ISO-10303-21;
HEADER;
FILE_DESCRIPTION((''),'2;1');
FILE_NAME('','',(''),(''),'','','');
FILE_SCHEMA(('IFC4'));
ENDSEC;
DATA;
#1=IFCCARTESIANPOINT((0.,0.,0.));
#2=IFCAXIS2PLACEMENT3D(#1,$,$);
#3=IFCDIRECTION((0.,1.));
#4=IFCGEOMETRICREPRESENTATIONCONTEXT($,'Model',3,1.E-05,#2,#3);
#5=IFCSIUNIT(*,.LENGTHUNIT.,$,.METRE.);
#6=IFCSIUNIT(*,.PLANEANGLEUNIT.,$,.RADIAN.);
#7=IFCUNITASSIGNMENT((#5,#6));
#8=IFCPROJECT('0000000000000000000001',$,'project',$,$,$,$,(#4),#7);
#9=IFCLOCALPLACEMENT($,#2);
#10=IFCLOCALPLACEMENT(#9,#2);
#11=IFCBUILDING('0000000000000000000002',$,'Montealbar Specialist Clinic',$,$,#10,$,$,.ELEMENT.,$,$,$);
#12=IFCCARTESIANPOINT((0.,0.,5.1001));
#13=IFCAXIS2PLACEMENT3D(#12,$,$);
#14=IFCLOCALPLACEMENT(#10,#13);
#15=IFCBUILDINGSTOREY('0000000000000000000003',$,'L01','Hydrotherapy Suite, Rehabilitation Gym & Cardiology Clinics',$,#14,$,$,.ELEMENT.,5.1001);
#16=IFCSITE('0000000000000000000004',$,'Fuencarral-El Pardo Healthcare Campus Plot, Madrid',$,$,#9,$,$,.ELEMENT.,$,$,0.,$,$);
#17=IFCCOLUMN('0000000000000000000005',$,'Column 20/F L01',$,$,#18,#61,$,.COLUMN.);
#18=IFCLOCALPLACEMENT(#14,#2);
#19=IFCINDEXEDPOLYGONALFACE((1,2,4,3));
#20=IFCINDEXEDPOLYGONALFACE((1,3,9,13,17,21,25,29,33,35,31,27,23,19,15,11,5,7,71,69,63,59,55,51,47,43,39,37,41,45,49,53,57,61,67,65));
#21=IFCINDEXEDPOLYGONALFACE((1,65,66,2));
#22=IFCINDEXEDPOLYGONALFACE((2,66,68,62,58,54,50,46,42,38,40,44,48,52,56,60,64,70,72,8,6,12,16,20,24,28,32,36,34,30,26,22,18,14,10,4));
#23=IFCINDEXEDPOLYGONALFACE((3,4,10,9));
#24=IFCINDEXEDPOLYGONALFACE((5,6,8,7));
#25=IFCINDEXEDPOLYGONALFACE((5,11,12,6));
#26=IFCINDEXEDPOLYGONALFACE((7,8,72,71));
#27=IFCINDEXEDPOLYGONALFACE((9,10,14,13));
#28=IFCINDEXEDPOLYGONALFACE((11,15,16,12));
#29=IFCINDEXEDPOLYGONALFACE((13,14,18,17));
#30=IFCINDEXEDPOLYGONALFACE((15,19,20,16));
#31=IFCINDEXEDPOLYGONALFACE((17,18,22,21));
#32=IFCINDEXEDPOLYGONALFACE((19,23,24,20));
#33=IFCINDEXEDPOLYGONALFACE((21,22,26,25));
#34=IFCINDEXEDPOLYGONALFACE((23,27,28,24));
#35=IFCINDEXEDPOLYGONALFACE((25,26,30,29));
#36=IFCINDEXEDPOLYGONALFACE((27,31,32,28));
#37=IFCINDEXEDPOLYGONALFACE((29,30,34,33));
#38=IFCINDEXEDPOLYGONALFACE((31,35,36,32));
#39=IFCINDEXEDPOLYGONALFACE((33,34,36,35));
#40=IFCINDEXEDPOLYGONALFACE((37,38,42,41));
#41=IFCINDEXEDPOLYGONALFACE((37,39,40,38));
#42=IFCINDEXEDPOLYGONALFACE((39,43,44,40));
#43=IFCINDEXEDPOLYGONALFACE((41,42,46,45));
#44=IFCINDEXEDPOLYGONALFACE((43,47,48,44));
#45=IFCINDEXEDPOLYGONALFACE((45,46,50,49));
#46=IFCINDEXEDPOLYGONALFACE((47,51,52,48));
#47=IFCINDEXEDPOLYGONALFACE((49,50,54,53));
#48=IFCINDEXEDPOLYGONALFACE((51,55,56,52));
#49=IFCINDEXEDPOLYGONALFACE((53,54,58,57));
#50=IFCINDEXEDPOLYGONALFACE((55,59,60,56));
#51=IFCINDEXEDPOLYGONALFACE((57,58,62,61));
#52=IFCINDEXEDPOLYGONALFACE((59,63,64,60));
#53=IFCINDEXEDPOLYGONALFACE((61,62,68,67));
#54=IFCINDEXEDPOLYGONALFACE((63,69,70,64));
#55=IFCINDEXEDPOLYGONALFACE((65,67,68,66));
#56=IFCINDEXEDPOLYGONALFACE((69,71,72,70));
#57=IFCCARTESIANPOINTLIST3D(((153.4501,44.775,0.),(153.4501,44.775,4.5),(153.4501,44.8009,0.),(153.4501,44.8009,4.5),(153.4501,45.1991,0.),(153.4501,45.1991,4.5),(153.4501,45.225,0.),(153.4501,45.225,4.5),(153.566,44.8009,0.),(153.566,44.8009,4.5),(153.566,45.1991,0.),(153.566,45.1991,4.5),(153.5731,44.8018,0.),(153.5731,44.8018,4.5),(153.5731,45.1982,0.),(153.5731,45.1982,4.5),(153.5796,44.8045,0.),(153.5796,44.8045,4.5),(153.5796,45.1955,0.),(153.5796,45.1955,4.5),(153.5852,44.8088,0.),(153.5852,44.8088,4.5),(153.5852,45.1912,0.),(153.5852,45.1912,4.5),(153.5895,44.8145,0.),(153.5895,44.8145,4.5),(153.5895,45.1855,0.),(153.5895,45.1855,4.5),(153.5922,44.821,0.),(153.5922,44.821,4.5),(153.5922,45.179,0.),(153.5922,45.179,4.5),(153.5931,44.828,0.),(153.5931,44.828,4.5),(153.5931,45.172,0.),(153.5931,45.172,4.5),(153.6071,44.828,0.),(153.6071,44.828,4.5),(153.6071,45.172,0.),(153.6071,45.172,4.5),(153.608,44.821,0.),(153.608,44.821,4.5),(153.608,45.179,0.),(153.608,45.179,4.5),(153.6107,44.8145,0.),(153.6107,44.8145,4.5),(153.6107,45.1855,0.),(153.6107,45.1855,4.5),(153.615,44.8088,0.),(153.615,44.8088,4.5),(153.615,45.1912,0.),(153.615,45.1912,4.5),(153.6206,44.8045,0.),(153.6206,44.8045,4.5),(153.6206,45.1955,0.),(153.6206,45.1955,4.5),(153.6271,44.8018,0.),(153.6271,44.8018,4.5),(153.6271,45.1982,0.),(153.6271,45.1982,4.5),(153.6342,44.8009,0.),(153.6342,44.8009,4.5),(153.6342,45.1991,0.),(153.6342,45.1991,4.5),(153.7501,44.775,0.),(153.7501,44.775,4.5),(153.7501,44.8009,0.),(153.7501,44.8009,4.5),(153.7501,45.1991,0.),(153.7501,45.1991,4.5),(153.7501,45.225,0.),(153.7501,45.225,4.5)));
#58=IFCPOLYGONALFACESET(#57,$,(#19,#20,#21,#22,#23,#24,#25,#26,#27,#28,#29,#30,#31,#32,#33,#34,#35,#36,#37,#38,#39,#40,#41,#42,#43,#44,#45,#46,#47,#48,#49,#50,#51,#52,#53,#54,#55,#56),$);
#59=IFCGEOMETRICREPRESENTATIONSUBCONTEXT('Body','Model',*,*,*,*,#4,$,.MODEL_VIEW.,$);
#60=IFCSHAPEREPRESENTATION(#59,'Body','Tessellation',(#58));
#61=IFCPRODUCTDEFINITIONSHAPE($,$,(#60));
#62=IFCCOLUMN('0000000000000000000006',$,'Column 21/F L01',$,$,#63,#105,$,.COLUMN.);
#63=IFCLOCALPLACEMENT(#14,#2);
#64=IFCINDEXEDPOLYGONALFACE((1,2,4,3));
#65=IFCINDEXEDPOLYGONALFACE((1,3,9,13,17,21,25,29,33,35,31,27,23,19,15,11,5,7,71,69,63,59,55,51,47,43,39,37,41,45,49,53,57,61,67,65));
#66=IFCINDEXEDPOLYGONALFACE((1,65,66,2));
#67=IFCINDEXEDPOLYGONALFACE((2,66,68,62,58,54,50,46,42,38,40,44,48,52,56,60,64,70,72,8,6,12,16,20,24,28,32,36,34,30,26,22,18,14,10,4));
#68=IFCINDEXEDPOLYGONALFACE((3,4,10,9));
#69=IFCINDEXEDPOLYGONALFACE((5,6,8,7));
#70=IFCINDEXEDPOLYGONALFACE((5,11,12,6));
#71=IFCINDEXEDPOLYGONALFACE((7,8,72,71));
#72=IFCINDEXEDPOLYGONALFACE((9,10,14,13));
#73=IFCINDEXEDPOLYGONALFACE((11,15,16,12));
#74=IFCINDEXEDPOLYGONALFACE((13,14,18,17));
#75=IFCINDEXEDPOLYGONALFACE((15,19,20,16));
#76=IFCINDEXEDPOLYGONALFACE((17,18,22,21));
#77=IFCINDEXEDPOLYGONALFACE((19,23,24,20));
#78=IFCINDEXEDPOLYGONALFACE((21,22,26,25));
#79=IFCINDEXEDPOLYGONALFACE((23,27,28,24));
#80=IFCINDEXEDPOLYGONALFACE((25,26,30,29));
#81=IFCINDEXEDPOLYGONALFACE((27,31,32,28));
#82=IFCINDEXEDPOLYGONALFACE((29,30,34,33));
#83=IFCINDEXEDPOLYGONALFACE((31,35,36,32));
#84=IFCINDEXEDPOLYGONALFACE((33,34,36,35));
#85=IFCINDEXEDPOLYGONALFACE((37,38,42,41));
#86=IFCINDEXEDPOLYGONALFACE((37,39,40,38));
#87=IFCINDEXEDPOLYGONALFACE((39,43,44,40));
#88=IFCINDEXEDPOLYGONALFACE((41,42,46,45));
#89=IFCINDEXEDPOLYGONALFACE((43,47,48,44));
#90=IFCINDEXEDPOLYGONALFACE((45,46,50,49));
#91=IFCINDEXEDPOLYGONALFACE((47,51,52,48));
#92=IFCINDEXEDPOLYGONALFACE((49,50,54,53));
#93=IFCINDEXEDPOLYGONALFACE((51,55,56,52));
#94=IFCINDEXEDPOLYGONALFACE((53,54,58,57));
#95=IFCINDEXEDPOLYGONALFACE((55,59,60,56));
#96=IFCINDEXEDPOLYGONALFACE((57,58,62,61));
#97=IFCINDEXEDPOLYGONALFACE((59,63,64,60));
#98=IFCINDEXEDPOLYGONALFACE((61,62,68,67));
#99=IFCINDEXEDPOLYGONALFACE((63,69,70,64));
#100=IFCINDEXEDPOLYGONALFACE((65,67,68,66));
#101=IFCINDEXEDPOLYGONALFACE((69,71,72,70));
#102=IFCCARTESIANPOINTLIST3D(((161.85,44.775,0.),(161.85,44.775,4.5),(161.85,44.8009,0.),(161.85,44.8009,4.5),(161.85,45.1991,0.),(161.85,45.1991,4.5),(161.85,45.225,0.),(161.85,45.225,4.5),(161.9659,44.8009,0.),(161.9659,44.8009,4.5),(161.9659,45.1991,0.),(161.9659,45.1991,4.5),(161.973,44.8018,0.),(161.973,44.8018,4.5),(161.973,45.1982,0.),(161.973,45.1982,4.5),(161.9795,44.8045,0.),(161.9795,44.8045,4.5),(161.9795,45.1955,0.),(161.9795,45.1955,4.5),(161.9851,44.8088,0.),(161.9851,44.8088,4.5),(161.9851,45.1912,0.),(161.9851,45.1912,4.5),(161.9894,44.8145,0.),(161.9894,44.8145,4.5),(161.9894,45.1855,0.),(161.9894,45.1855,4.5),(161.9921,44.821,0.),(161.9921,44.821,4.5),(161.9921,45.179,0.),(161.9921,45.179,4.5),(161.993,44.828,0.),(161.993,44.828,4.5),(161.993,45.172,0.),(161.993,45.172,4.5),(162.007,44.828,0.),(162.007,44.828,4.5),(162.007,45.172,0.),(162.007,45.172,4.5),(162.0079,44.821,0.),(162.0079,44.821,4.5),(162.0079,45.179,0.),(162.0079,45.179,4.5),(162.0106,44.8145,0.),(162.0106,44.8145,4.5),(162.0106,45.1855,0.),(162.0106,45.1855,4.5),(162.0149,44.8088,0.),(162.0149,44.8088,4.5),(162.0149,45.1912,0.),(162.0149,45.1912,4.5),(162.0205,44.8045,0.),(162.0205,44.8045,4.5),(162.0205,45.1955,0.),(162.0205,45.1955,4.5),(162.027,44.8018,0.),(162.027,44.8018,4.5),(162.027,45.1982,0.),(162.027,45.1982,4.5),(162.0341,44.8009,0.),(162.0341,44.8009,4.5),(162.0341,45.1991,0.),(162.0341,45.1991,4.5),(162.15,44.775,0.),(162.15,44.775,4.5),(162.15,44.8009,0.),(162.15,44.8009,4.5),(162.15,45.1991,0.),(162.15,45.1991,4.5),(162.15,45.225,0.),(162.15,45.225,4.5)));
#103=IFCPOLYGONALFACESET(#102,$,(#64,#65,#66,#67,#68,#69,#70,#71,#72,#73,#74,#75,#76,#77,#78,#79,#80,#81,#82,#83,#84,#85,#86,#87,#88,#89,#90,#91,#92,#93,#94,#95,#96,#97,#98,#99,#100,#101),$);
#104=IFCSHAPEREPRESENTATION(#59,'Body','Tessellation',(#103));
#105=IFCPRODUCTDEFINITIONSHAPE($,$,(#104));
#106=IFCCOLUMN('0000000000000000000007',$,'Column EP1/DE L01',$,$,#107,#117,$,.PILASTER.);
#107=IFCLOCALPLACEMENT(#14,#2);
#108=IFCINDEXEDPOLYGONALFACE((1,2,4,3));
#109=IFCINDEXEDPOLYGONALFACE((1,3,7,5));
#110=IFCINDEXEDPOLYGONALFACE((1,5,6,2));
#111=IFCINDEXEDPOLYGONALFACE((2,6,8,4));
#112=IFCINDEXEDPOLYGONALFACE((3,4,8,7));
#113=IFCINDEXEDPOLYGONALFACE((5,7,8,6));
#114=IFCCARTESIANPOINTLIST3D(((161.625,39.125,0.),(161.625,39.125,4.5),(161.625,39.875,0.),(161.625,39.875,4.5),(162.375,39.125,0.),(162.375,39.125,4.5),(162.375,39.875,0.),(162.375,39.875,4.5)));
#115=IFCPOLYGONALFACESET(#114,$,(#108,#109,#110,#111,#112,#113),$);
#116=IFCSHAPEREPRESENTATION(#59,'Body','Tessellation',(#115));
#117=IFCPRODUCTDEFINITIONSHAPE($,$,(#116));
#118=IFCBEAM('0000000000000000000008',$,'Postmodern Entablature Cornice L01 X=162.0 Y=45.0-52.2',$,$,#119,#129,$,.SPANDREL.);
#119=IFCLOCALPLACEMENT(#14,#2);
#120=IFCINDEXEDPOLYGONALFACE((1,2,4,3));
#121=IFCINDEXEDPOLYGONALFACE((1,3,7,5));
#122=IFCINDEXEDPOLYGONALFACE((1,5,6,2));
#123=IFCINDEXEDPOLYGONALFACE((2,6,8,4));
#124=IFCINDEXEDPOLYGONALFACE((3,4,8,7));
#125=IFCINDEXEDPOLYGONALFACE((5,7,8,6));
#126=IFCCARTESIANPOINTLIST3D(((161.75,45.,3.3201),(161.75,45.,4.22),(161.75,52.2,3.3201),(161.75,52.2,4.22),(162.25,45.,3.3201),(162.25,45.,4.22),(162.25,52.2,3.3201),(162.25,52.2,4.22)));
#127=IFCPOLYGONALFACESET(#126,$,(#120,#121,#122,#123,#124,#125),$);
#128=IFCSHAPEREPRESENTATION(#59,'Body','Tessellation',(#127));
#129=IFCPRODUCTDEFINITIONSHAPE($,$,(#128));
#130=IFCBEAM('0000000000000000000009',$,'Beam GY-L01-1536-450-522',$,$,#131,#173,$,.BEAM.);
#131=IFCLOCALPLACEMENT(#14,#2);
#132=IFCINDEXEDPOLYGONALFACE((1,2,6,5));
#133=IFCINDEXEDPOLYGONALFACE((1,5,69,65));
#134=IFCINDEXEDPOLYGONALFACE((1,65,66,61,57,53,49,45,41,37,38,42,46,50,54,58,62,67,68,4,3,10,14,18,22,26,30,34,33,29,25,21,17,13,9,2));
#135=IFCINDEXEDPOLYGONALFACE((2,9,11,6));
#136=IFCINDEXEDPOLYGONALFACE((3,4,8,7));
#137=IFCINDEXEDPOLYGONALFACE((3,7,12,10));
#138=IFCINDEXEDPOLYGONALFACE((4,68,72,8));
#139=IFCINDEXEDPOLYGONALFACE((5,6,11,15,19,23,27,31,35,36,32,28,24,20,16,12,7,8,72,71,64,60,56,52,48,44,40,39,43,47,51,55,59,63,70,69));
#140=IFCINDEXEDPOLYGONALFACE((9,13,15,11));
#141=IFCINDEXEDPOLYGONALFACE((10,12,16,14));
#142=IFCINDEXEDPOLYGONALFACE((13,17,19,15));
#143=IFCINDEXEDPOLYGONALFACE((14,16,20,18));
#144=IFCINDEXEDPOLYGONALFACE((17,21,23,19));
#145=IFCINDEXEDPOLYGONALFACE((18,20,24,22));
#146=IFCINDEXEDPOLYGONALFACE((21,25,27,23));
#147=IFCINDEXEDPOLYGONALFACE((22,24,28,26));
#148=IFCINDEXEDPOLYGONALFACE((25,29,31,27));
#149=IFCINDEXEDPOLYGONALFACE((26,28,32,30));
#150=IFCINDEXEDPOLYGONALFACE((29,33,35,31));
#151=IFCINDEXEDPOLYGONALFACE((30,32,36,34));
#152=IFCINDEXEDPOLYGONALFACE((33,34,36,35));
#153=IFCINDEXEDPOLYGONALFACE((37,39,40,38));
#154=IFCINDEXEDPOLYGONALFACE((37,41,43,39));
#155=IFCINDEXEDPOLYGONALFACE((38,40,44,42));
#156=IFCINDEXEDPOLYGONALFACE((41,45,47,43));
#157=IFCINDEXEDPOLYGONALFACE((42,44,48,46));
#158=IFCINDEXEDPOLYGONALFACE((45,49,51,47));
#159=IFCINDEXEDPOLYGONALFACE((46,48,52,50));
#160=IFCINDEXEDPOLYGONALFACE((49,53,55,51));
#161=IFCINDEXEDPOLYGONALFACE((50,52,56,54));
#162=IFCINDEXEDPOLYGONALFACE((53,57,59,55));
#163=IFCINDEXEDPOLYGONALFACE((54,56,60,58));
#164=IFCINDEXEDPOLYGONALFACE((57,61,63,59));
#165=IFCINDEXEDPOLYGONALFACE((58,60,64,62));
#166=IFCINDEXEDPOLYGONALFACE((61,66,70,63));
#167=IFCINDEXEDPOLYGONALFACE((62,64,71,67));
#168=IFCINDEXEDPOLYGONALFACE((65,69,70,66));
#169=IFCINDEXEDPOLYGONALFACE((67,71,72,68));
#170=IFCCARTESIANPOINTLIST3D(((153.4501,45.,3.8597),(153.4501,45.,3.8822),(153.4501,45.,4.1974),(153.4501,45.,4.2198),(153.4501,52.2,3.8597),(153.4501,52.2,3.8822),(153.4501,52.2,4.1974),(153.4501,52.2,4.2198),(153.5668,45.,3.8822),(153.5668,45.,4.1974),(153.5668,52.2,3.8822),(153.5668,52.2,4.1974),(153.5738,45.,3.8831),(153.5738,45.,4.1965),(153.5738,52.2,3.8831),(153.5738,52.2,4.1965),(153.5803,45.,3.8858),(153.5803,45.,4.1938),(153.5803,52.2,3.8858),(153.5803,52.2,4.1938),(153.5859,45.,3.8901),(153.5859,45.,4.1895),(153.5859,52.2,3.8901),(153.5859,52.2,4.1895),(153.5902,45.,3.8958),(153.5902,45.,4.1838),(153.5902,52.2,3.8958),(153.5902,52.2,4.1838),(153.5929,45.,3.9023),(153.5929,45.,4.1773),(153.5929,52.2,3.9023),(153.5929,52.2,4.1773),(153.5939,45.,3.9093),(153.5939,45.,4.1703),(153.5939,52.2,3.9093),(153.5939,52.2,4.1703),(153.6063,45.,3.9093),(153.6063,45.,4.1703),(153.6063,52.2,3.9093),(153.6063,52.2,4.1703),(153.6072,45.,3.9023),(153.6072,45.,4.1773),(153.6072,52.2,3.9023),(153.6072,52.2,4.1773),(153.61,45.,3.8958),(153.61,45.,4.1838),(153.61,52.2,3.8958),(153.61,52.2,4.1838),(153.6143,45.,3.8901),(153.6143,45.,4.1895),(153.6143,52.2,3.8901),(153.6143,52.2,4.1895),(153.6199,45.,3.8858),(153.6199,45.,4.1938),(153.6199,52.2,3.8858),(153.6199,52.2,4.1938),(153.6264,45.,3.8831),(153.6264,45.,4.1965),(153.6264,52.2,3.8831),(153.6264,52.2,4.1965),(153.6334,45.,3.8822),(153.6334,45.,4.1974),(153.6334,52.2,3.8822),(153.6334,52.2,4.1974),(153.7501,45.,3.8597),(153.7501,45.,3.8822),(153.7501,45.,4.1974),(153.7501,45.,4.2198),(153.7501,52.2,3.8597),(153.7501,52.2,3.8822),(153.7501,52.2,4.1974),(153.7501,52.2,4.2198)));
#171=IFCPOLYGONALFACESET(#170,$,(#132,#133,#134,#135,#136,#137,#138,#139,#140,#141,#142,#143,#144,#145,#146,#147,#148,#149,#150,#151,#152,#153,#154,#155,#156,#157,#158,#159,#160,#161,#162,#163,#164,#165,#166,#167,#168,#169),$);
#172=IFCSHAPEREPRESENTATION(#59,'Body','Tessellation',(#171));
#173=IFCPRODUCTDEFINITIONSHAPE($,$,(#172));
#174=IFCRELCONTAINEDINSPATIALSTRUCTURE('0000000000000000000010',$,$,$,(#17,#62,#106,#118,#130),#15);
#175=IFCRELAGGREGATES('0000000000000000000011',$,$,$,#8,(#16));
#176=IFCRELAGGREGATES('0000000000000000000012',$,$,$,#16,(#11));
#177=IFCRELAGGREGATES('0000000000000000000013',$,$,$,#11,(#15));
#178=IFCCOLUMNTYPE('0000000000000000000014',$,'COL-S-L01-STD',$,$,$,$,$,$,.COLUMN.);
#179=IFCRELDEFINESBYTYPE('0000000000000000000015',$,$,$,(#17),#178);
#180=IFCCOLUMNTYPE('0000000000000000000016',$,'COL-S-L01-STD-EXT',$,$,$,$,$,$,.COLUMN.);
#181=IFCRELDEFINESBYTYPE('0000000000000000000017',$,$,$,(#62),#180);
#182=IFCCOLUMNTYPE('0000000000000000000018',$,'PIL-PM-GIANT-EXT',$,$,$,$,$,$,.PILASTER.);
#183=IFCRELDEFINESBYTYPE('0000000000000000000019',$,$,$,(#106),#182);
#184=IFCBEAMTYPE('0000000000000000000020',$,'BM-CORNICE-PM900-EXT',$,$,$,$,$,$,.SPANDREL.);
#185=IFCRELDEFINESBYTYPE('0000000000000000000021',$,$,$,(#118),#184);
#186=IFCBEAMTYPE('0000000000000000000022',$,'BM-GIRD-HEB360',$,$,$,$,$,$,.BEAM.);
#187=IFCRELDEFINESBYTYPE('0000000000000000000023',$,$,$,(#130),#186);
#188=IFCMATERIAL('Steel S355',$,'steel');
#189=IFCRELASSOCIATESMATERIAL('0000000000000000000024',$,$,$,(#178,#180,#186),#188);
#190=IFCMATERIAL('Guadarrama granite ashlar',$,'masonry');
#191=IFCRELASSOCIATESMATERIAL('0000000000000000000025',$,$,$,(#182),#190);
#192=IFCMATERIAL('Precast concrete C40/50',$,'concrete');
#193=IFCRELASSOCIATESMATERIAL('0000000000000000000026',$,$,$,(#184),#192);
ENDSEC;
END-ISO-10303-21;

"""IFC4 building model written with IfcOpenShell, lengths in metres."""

from ifc_helpers import new_model, si_unit, direction, frame, origin, origin_2d, place, context, subcontext, project, spatial, rectangle, i_section, extrude, material, material_profile, profile_set, type_object, element, save


model = new_model("IFC4")

# Units and contexts
model_context = context("Model", 3, precision=1e-05, world=origin(), true_north=direction((0.0, 1.0)))
body_context = subcontext(model_context, "Body", "Model", "MODEL_VIEW")
ifc_project = project(units=[si_unit("LENGTHUNIT", "METRE"), si_unit("PLANEANGLEUNIT", "RADIAN")], contexts=[model_context])

# Site, building, storey
site_placement = place(None, origin())
site = spatial("IfcSite", under=ifc_project, at=site_placement, Name="Fuencarral-El Pardo Healthcare Campus Plot, Madrid", CompositionType="ELEMENT", RefElevation=0.0)
building_placement = place(site_placement, origin())
building = spatial("IfcBuilding", under=site, at=building_placement, Name="Montealbar Specialist Clinic", CompositionType="ELEMENT")
storey_placement = place(building_placement, frame((0.0, 0.0, 5.1001)))
storey = spatial("IfcBuildingStorey", under=building, at=storey_placement, Name="L01", Description="Hydrotherapy Suite, Rehabilitation Gym & Cardiology Clinics", CompositionType="ELEMENT", Elevation=5.1001)

# Columns
ifc_material_1 = material(Name="Steel S355", Category="steel")
ifc_material_profile_1 = material_profile(ifc_material_1, i_section(OverallWidth=0.3, OverallDepth=0.45, WebThickness=0.0139, FlangeThickness=0.0259, FilletRadius=0.0271, at=origin_2d()), Name="HEB 450", Category="steel")
ifc_profile_set_1 = profile_set([ifc_material_profile_1], Name="Steel S355")
column_type_1 = type_object("IfcColumnType", Name="COL-S-L01-STD", PredefinedType="COLUMN", material=ifc_profile_set_1)
column_1_placement = place(storey_placement, frame((153.6001, 45.0, 0.0), z_axis=(0.0, 0.0, 1.0), x_axis=(1.0, 0.0, 0.0)))
element("IfcColumn", 1, at=column_1_placement, inside=storey, type_object=column_type_1, Name="Column 20/F L01", PredefinedType="COLUMN", context=body_context, shape_type="SweptSolid", body=[
    extrude(i_section(OverallWidth=0.3, OverallDepth=0.45, WebThickness=0.0139, FlangeThickness=0.0259, FilletRadius=0.0271, at=origin_2d()), origin(), (0.0, 0.0, 1.0), 4.5),
])
ifc_material_profile_2 = material_profile(ifc_material_1, i_section(OverallWidth=0.3, OverallDepth=0.45, WebThickness=0.0139, FlangeThickness=0.0259, FilletRadius=0.0271, at=origin_2d()), Name="HEB 450", Category="steel")
ifc_profile_set_2 = profile_set([ifc_material_profile_2], Name="Steel S355")
column_type_2 = type_object("IfcColumnType", Name="COL-S-L01-STD-EXT", PredefinedType="COLUMN", material=ifc_profile_set_2)
column_2_placement = place(storey_placement, frame((162.0, 45.0, 0.0), z_axis=(0.0, 0.0, 1.0), x_axis=(1.0, 0.0, 0.0)))
element("IfcColumn", 2, at=column_2_placement, inside=storey, type_object=column_type_2, Name="Column 21/F L01", PredefinedType="COLUMN", context=body_context, shape_type="SweptSolid", body=[
    extrude(i_section(OverallWidth=0.3, OverallDepth=0.45, WebThickness=0.0139, FlangeThickness=0.0259, FilletRadius=0.0271, at=origin_2d()), origin(), (0.0, 0.0, 1.0), 4.5),
])
ifc_material_2 = material(Name="Guadarrama granite ashlar", Category="masonry")
ifc_material_profile_3 = material_profile(ifc_material_2, rectangle(XDim=0.75, YDim=0.75, at=origin_2d()), Name="GRANITE PILASTER 750x750", Category="masonry")
ifc_profile_set_3 = profile_set([ifc_material_profile_3], Name="Guadarrama granite ashlar")
column_type_3 = type_object("IfcColumnType", Name="PIL-PM-GIANT-EXT", PredefinedType="PILASTER", material=ifc_profile_set_3)
column_3_placement = place(storey_placement, frame((162.0, 39.5, 0.0), z_axis=(0.0, 0.0, 1.0), x_axis=(1.0, 0.0, 0.0)))
element("IfcColumn", 3, at=column_3_placement, inside=storey, type_object=column_type_3, Name="Column EP1/DE L01", PredefinedType="PILASTER", context=body_context, shape_type="SweptSolid", body=[
    extrude(rectangle(XDim=0.75, YDim=0.75, at=origin_2d()), origin(), (0.0, 0.0, 1.0), 4.5),
])

# Beams
ifc_material_3 = material(Name="Precast concrete C40/50", Category="concrete")
ifc_material_profile_4 = material_profile(ifc_material_3, rectangle(XDim=0.5, YDim=0.8999, at=origin_2d()), Name="PRECAST CORNICE 500x900", Category="concrete")
ifc_profile_set_4 = profile_set([ifc_material_profile_4], Name="Precast concrete C40/50")
beam_type_1 = type_object("IfcBeamType", Name="BM-CORNICE-PM900-EXT", PredefinedType="SPANDREL", material=ifc_profile_set_4)
beam_1_placement = place(storey_placement, frame((162.0, 45.0, 3.77), z_axis=(0.0, 1.0, 0.0), x_axis=(-1.0, 0.0, 0.0)))
element("IfcBeam", 4, at=beam_1_placement, inside=storey, type_object=beam_type_1, Name="Postmodern Entablature Cornice L01 X=162.0 Y=45.0-52.2", PredefinedType="SPANDREL", context=body_context, shape_type="SweptSolid", body=[
    extrude(rectangle(XDim=0.5, YDim=0.8999, at=origin_2d()), origin(), (0.0, 0.0, 1.0), 7.2),
])
ifc_material_profile_5 = material_profile(ifc_material_1, i_section(OverallWidth=0.3, OverallDepth=0.3601, WebThickness=0.0125, FlangeThickness=0.0225, FilletRadius=0.0271, at=origin_2d()), Name="HEB 360", Category="steel")
ifc_profile_set_5 = profile_set([ifc_material_profile_5], Name="Steel S355")
beam_type_2 = type_object("IfcBeamType", Name="BM-GIRD-HEB360", PredefinedType="BEAM", material=ifc_profile_set_5)
beam_2_placement = place(storey_placement, frame((153.6001, 45.0, 4.0398), z_axis=(0.0, 1.0, 0.0), x_axis=(-1.0, 0.0, 0.0)))
element("IfcBeam", 5, at=beam_2_placement, inside=storey, type_object=beam_type_2, Name="Beam GY-L01-1536-450-522", PredefinedType="BEAM", context=body_context, shape_type="SweptSolid", body=[
    extrude(i_section(OverallWidth=0.3, OverallDepth=0.3601, WebThickness=0.0125, FlangeThickness=0.0225, FilletRadius=0.0271, at=origin_2d()), origin(), (0.0, 0.0, 1.0), 7.2),
])

save(model, "model.ifc")
